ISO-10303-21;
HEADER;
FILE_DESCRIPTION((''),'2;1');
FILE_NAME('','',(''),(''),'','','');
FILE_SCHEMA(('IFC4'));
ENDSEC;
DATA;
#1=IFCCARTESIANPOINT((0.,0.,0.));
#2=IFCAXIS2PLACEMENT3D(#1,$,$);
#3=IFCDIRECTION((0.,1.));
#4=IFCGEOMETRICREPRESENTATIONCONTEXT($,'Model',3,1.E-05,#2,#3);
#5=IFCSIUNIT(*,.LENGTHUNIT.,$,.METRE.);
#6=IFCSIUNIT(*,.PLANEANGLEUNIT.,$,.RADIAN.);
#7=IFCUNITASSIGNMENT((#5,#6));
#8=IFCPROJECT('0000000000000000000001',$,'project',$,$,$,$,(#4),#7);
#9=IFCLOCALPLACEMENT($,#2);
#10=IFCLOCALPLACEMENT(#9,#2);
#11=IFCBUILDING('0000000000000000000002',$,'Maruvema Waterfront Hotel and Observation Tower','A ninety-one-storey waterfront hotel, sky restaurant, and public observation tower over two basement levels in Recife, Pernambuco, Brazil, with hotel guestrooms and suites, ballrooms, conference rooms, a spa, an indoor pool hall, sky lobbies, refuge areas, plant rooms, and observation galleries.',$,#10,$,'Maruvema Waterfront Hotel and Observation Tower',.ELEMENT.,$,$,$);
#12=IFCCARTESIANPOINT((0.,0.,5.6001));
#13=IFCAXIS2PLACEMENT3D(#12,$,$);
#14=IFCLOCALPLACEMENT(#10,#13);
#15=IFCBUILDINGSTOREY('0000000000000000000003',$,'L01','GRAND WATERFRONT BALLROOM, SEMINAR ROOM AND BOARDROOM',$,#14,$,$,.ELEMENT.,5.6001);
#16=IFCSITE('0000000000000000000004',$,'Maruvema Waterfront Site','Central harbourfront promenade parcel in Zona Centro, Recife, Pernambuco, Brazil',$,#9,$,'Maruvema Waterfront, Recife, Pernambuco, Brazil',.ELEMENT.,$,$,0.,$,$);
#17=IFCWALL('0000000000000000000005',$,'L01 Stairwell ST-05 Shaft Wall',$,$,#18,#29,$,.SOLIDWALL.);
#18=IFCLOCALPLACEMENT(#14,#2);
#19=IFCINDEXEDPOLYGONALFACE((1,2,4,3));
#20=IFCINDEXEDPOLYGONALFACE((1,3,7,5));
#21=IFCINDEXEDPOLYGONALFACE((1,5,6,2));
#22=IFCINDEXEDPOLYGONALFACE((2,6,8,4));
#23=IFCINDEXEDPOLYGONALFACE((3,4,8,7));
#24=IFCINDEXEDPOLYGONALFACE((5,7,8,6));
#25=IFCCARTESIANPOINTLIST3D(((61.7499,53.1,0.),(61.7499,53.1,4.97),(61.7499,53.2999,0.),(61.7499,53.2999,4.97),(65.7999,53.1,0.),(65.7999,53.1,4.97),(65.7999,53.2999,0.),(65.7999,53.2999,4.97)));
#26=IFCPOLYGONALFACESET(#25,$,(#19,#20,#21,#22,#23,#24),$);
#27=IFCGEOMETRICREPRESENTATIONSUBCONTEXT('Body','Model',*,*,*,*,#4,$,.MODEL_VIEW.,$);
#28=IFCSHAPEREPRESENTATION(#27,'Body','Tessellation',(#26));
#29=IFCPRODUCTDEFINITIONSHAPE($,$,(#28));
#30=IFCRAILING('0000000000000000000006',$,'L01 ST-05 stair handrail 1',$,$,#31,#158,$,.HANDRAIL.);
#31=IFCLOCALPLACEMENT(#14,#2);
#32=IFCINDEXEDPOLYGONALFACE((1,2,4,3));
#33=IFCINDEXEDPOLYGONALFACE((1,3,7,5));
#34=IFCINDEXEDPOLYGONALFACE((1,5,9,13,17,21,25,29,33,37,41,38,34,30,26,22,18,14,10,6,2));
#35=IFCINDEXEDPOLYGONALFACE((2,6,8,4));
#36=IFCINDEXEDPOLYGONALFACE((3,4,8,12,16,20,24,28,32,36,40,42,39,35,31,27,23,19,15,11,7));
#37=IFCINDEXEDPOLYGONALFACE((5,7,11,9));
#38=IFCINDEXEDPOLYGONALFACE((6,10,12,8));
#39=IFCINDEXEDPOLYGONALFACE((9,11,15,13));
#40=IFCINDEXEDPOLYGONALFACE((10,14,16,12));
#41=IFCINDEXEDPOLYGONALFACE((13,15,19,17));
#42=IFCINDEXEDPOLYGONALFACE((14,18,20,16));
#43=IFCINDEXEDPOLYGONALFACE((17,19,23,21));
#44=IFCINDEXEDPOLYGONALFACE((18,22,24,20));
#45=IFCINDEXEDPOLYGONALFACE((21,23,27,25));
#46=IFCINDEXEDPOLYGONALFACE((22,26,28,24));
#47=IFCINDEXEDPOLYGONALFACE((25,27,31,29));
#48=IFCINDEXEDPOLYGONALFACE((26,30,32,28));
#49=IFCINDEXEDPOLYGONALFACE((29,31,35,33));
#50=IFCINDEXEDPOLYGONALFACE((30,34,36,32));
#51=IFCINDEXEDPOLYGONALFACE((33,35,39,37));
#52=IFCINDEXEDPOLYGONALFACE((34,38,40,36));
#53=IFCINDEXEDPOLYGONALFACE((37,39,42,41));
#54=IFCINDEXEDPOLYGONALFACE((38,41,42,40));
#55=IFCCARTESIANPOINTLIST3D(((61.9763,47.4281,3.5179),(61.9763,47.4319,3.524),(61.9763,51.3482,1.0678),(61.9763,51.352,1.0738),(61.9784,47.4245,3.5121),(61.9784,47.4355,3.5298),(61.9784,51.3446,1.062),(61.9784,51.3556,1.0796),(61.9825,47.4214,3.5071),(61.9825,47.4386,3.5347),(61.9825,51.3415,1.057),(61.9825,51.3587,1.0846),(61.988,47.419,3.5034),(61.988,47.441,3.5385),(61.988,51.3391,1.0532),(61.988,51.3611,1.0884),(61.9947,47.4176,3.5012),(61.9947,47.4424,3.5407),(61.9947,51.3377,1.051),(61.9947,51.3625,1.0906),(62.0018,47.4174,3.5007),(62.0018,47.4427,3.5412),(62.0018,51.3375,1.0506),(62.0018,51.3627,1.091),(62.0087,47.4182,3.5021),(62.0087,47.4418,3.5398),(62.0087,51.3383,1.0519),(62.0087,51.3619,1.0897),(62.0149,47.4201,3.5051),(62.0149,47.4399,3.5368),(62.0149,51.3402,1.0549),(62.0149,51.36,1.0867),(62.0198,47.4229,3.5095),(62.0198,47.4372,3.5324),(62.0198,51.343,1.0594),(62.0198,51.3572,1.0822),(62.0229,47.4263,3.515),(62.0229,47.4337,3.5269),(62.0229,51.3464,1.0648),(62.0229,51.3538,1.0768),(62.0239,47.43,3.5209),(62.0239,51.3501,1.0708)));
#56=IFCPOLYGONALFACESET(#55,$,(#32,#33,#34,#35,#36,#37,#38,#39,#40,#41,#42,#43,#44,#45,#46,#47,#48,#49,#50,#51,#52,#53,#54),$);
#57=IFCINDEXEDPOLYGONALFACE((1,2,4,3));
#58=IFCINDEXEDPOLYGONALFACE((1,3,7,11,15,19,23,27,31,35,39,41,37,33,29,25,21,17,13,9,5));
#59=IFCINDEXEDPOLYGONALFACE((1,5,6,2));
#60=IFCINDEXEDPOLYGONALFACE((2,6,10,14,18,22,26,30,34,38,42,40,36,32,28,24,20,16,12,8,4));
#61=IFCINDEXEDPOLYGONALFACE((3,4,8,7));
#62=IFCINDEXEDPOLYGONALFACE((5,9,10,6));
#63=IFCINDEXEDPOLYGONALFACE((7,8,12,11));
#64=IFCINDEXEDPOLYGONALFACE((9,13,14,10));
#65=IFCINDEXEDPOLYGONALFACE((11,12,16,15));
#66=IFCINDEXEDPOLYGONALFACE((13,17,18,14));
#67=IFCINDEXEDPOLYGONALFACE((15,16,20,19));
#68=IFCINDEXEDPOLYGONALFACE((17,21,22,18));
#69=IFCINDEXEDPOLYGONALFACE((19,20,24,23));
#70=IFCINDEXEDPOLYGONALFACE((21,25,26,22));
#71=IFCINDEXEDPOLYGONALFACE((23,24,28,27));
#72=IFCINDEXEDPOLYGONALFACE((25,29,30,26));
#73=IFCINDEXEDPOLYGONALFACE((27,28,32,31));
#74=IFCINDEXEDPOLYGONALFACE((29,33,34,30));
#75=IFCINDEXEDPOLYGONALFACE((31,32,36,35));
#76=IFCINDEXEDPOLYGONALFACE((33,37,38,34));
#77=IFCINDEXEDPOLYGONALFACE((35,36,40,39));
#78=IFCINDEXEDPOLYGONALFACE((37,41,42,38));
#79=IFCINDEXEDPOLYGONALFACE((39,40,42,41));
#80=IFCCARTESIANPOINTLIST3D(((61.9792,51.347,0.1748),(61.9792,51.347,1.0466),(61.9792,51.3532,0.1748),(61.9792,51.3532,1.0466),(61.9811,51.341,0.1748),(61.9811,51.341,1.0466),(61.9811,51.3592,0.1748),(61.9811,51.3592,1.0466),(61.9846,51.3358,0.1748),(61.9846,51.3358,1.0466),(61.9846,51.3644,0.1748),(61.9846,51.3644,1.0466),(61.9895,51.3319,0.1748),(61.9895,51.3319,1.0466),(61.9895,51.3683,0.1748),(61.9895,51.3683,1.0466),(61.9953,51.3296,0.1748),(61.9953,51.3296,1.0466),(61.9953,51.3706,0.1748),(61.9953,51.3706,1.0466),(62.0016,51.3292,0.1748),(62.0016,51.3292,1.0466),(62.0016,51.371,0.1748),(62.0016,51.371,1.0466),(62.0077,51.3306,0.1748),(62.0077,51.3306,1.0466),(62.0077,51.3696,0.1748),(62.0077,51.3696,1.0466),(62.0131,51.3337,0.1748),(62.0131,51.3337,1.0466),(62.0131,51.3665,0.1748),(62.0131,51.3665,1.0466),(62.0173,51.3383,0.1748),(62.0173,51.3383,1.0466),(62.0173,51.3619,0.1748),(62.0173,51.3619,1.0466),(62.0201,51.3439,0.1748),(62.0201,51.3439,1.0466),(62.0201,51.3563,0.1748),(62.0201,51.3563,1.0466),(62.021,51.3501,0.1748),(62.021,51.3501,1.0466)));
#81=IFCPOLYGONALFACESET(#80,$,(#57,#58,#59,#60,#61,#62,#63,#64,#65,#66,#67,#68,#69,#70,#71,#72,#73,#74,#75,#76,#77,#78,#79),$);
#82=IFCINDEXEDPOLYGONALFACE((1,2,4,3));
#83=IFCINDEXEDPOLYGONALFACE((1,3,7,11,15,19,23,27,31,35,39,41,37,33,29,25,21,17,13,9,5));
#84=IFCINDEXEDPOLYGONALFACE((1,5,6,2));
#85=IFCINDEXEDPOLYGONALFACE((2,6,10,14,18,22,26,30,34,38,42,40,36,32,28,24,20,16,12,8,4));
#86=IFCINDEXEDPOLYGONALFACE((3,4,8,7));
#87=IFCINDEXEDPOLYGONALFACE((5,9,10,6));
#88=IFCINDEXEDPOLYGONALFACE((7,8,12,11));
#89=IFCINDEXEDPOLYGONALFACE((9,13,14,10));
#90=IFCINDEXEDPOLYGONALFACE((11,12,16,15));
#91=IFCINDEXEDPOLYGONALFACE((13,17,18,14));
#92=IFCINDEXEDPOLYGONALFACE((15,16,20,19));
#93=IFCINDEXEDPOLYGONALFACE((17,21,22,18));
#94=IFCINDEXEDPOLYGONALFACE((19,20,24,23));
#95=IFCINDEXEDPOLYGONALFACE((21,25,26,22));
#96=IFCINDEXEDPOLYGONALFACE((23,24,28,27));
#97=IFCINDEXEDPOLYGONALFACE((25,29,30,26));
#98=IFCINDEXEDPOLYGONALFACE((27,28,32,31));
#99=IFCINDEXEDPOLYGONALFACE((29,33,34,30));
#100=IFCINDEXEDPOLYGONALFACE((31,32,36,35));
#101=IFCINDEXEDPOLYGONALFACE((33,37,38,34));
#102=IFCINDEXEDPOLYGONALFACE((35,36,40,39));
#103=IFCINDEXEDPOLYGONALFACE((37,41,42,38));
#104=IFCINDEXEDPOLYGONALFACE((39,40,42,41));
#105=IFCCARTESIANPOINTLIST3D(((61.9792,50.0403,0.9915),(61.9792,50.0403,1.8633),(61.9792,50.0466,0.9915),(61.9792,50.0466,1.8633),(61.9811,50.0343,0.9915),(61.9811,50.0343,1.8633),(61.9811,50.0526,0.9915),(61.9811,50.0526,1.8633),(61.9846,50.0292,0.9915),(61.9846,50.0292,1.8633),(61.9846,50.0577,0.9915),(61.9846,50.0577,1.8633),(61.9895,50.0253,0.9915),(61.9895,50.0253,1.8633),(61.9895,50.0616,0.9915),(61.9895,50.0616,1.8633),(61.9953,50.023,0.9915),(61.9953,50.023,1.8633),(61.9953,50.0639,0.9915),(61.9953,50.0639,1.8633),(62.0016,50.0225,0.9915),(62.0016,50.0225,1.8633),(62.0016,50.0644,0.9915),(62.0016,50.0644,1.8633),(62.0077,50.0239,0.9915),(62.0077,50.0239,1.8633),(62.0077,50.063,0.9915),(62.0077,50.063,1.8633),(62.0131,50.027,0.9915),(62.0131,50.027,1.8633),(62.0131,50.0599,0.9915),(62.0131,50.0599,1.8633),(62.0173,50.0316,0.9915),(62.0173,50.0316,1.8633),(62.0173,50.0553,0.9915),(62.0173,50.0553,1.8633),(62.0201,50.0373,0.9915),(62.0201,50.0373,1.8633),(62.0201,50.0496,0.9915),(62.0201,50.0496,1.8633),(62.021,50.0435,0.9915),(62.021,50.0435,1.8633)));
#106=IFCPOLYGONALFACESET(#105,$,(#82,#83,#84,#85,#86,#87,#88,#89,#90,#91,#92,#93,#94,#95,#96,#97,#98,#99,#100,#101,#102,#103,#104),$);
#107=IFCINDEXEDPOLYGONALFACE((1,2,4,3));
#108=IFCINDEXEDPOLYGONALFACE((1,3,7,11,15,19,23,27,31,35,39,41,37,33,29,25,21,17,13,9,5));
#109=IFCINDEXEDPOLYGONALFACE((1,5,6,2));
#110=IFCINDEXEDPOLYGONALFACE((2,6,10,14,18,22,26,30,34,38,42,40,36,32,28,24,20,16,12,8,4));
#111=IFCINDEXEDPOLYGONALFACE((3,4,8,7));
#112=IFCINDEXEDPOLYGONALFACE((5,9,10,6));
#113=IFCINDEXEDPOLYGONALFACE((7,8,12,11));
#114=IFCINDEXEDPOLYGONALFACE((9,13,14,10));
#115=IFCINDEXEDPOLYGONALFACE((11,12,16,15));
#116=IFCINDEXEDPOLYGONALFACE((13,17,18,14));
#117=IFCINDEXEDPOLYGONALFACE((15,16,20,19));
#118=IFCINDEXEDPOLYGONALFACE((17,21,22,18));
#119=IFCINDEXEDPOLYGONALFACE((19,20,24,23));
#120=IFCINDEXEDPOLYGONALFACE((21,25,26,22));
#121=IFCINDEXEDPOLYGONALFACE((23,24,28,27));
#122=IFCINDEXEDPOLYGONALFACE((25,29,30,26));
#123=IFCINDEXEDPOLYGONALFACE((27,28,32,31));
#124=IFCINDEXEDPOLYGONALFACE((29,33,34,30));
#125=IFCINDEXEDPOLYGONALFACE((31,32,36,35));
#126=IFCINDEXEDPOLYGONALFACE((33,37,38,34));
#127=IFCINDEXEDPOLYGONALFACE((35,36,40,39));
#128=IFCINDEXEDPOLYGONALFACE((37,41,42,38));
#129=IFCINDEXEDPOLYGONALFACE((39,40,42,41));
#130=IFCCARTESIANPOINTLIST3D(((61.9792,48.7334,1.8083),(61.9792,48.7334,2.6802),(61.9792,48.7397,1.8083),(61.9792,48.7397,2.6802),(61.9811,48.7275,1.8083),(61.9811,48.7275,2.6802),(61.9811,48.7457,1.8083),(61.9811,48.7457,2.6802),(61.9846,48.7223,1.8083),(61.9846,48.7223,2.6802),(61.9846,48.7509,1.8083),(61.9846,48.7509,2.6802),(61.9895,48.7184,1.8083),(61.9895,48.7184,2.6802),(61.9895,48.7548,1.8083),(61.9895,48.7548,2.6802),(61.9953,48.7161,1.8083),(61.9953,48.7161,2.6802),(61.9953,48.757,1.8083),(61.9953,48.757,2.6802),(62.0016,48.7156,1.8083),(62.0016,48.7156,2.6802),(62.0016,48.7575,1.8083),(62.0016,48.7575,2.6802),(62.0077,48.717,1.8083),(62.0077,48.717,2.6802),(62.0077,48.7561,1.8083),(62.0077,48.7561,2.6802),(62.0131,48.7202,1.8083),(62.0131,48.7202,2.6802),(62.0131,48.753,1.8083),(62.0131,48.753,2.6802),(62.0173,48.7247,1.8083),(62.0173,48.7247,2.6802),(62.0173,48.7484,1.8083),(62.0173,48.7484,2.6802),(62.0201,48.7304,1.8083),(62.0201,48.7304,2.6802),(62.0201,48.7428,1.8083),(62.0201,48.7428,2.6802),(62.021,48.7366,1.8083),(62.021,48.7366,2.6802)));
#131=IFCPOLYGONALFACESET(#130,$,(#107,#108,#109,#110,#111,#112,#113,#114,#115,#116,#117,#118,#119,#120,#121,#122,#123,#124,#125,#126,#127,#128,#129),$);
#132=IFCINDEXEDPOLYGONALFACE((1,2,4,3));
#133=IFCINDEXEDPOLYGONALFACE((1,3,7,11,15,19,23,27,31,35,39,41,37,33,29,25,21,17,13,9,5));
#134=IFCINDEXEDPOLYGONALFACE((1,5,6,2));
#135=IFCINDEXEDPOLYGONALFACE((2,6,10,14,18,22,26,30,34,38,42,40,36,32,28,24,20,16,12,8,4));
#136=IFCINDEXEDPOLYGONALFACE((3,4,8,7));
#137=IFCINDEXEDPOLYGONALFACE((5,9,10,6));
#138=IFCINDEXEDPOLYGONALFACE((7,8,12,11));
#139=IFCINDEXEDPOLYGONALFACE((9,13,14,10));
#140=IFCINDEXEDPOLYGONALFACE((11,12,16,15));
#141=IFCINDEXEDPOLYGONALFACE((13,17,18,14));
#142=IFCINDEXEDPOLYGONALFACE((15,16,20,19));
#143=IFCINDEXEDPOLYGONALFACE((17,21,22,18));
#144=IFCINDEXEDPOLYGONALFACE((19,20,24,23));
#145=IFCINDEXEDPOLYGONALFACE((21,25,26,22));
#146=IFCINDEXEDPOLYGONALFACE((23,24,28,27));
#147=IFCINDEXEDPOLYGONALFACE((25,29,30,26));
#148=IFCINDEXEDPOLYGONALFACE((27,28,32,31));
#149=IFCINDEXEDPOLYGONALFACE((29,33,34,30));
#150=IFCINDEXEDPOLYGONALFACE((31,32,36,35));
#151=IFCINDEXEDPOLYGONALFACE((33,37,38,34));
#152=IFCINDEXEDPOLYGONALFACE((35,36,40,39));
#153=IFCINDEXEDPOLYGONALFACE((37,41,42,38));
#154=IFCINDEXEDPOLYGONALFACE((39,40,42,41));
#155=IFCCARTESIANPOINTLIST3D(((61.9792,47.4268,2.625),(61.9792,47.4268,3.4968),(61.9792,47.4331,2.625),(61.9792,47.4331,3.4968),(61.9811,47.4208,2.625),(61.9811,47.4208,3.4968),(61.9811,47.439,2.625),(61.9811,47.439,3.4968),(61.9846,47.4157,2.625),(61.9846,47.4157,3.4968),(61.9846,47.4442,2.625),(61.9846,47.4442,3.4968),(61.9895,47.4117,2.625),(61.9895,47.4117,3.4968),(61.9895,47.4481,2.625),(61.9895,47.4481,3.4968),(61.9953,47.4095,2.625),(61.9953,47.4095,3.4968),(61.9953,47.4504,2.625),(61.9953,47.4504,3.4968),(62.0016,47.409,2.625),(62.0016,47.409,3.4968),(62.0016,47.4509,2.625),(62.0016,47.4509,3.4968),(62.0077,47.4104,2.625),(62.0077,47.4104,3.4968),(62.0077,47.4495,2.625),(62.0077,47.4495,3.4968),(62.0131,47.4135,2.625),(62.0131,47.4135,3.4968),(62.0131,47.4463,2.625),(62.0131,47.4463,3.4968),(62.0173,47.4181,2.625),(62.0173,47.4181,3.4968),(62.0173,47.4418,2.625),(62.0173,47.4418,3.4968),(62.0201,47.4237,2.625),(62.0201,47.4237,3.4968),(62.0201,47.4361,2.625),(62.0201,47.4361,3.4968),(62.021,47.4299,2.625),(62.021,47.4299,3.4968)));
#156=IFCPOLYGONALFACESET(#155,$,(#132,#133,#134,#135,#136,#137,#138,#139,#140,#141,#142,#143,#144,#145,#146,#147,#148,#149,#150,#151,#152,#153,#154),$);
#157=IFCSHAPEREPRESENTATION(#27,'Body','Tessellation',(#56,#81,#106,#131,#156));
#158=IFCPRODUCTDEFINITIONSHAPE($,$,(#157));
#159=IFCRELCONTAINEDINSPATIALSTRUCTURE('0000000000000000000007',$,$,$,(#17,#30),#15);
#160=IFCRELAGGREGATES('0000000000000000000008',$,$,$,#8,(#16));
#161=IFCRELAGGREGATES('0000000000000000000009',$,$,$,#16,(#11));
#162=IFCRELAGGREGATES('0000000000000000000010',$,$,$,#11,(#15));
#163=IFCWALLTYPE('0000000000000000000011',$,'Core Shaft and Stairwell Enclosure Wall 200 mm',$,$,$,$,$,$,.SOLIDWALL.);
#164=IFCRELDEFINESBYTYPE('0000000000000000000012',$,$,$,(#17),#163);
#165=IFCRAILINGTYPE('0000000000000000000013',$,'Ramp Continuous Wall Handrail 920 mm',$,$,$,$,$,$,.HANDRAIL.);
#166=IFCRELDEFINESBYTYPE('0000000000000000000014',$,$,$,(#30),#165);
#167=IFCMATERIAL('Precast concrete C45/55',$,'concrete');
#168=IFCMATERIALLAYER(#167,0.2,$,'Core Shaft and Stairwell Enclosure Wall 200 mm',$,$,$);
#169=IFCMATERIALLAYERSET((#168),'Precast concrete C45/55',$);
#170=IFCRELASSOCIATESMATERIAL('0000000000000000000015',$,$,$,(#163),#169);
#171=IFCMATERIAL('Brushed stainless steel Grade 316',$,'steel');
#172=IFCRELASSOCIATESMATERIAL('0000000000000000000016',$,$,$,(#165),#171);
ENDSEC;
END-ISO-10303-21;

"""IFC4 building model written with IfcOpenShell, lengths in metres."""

from ifc_helpers import new_model, si_unit, direction, frame, frame_2d, origin, origin_2d, place, context, subcontext, project, spatial, rectangle, circle, extrude, material, layer, layer_set, type_object, element, save


model = new_model("IFC4")

# Units and contexts
model_context = context("Model", 3, precision=1e-05, world=origin(), true_north=direction((0.0, 1.0)))
body_context = subcontext(model_context, "Body", "Model", "MODEL_VIEW")
ifc_project = project(units=[si_unit("LENGTHUNIT", "METRE"), si_unit("PLANEANGLEUNIT", "RADIAN")], contexts=[model_context])

# Site, building, storey
site_placement = place(None, origin())
site = spatial("IfcSite", under=ifc_project, at=site_placement, Name="Maruvema Waterfront Site", Description="Central harbourfront promenade parcel in Zona Centro, Recife, Pernambuco, Brazil", LongName="Maruvema Waterfront, Recife, Pernambuco, Brazil", CompositionType="ELEMENT", RefElevation=0.0)
building_placement = place(site_placement, origin())
building = spatial("IfcBuilding", under=site, at=building_placement, Name="Maruvema Waterfront Hotel and Observation Tower", Description="A ninety-one-storey waterfront hotel, sky restaurant, and public observation tower over two basement levels in Recife, Pernambuco, Brazil, with hotel guestrooms and suites, ballrooms, conference rooms, a spa, an indoor pool hall, sky lobbies, refuge areas, plant rooms, and observation galleries.", LongName="Maruvema Waterfront Hotel and Observation Tower", CompositionType="ELEMENT")
storey_placement = place(building_placement, frame((0.0, 0.0, 5.6001)))
storey = spatial("IfcBuildingStorey", under=building, at=storey_placement, Name="L01", Description="GRAND WATERFRONT BALLROOM, SEMINAR ROOM AND BOARDROOM", CompositionType="ELEMENT", Elevation=5.6001)

# Shared definitions
ifc_material_1 = material(Name="Precast concrete C45/55", Category="concrete")
ifc_layer_1 = layer(ifc_material_1, 0.2, Name="Core Shaft and Stairwell Enclosure Wall 200 mm")
ifc_layer_set_1 = layer_set([ifc_layer_1], Name="Precast concrete C45/55")
wall_type = type_object("IfcWallType", Name="Core Shaft and Stairwell Enclosure Wall 200 mm", PredefinedType="SOLIDWALL", material=ifc_layer_set_1)

# Wall
wall_1_placement = place(storey_placement, frame((61.75, 53.2, 0.0), z_axis=(0.0, 0.0, 1.0), x_axis=(1.0, 0.0, 0.0)))
element("IfcWall", 1, at=wall_1_placement, inside=storey, type_object=wall_type, Name="L01 Stairwell ST-05 Shaft Wall", PredefinedType="SOLIDWALL", context=body_context, shape_type="SweptSolid", body=[
    extrude(rectangle(XDim=4.05, YDim=0.2, at=frame_2d((2.0249, 0.0))), origin(), (0.0, 0.0, 1.0), 4.97),
])

# Railing
ifc_material_2 = material(Name="Brushed stainless steel Grade 316", Category="steel")
railing_type = type_object("IfcRailingType", Name="Ramp Continuous Wall Handrail 920 mm", PredefinedType="HANDRAIL", material=ifc_material_2)
railing_placement = place(storey_placement, frame((62.0, 51.3501, 0.1748)))
element("IfcRailing", 2, at=railing_placement, inside=storey, type_object=railing_type, Name="L01 ST-05 stair handrail 1", PredefinedType="HANDRAIL", context=body_context, shape_type="SweptSolid", body=[
    extrude(circle(Radius=0.0239, at=origin_2d()), frame((0.0, 0.0, 0.896), z_axis=(0.0, -0.847989, 0.530013), x_axis=(1.0, 0.0, 0.0)), (0.0, 0.0, 1.0), 4.6228),
    extrude(circle(Radius=0.021, at=origin_2d()), origin(), (0.0, 0.0, 1.0), 0.8718),
    extrude(circle(Radius=0.021, at=origin_2d()), frame((0.0, -1.3066, 0.8167)), (0.0, 0.0, 1.0), 0.8718),
    extrude(circle(Radius=0.021, at=origin_2d()), frame((0.0, -2.6135, 1.6335)), (0.0, 0.0, 1.0), 0.8718),
    extrude(circle(Radius=0.021, at=origin_2d()), frame((0.0, -3.9202, 2.4502)), (0.0, 0.0, 1.0), 0.8718),
])

save(model, "model.ifc")
